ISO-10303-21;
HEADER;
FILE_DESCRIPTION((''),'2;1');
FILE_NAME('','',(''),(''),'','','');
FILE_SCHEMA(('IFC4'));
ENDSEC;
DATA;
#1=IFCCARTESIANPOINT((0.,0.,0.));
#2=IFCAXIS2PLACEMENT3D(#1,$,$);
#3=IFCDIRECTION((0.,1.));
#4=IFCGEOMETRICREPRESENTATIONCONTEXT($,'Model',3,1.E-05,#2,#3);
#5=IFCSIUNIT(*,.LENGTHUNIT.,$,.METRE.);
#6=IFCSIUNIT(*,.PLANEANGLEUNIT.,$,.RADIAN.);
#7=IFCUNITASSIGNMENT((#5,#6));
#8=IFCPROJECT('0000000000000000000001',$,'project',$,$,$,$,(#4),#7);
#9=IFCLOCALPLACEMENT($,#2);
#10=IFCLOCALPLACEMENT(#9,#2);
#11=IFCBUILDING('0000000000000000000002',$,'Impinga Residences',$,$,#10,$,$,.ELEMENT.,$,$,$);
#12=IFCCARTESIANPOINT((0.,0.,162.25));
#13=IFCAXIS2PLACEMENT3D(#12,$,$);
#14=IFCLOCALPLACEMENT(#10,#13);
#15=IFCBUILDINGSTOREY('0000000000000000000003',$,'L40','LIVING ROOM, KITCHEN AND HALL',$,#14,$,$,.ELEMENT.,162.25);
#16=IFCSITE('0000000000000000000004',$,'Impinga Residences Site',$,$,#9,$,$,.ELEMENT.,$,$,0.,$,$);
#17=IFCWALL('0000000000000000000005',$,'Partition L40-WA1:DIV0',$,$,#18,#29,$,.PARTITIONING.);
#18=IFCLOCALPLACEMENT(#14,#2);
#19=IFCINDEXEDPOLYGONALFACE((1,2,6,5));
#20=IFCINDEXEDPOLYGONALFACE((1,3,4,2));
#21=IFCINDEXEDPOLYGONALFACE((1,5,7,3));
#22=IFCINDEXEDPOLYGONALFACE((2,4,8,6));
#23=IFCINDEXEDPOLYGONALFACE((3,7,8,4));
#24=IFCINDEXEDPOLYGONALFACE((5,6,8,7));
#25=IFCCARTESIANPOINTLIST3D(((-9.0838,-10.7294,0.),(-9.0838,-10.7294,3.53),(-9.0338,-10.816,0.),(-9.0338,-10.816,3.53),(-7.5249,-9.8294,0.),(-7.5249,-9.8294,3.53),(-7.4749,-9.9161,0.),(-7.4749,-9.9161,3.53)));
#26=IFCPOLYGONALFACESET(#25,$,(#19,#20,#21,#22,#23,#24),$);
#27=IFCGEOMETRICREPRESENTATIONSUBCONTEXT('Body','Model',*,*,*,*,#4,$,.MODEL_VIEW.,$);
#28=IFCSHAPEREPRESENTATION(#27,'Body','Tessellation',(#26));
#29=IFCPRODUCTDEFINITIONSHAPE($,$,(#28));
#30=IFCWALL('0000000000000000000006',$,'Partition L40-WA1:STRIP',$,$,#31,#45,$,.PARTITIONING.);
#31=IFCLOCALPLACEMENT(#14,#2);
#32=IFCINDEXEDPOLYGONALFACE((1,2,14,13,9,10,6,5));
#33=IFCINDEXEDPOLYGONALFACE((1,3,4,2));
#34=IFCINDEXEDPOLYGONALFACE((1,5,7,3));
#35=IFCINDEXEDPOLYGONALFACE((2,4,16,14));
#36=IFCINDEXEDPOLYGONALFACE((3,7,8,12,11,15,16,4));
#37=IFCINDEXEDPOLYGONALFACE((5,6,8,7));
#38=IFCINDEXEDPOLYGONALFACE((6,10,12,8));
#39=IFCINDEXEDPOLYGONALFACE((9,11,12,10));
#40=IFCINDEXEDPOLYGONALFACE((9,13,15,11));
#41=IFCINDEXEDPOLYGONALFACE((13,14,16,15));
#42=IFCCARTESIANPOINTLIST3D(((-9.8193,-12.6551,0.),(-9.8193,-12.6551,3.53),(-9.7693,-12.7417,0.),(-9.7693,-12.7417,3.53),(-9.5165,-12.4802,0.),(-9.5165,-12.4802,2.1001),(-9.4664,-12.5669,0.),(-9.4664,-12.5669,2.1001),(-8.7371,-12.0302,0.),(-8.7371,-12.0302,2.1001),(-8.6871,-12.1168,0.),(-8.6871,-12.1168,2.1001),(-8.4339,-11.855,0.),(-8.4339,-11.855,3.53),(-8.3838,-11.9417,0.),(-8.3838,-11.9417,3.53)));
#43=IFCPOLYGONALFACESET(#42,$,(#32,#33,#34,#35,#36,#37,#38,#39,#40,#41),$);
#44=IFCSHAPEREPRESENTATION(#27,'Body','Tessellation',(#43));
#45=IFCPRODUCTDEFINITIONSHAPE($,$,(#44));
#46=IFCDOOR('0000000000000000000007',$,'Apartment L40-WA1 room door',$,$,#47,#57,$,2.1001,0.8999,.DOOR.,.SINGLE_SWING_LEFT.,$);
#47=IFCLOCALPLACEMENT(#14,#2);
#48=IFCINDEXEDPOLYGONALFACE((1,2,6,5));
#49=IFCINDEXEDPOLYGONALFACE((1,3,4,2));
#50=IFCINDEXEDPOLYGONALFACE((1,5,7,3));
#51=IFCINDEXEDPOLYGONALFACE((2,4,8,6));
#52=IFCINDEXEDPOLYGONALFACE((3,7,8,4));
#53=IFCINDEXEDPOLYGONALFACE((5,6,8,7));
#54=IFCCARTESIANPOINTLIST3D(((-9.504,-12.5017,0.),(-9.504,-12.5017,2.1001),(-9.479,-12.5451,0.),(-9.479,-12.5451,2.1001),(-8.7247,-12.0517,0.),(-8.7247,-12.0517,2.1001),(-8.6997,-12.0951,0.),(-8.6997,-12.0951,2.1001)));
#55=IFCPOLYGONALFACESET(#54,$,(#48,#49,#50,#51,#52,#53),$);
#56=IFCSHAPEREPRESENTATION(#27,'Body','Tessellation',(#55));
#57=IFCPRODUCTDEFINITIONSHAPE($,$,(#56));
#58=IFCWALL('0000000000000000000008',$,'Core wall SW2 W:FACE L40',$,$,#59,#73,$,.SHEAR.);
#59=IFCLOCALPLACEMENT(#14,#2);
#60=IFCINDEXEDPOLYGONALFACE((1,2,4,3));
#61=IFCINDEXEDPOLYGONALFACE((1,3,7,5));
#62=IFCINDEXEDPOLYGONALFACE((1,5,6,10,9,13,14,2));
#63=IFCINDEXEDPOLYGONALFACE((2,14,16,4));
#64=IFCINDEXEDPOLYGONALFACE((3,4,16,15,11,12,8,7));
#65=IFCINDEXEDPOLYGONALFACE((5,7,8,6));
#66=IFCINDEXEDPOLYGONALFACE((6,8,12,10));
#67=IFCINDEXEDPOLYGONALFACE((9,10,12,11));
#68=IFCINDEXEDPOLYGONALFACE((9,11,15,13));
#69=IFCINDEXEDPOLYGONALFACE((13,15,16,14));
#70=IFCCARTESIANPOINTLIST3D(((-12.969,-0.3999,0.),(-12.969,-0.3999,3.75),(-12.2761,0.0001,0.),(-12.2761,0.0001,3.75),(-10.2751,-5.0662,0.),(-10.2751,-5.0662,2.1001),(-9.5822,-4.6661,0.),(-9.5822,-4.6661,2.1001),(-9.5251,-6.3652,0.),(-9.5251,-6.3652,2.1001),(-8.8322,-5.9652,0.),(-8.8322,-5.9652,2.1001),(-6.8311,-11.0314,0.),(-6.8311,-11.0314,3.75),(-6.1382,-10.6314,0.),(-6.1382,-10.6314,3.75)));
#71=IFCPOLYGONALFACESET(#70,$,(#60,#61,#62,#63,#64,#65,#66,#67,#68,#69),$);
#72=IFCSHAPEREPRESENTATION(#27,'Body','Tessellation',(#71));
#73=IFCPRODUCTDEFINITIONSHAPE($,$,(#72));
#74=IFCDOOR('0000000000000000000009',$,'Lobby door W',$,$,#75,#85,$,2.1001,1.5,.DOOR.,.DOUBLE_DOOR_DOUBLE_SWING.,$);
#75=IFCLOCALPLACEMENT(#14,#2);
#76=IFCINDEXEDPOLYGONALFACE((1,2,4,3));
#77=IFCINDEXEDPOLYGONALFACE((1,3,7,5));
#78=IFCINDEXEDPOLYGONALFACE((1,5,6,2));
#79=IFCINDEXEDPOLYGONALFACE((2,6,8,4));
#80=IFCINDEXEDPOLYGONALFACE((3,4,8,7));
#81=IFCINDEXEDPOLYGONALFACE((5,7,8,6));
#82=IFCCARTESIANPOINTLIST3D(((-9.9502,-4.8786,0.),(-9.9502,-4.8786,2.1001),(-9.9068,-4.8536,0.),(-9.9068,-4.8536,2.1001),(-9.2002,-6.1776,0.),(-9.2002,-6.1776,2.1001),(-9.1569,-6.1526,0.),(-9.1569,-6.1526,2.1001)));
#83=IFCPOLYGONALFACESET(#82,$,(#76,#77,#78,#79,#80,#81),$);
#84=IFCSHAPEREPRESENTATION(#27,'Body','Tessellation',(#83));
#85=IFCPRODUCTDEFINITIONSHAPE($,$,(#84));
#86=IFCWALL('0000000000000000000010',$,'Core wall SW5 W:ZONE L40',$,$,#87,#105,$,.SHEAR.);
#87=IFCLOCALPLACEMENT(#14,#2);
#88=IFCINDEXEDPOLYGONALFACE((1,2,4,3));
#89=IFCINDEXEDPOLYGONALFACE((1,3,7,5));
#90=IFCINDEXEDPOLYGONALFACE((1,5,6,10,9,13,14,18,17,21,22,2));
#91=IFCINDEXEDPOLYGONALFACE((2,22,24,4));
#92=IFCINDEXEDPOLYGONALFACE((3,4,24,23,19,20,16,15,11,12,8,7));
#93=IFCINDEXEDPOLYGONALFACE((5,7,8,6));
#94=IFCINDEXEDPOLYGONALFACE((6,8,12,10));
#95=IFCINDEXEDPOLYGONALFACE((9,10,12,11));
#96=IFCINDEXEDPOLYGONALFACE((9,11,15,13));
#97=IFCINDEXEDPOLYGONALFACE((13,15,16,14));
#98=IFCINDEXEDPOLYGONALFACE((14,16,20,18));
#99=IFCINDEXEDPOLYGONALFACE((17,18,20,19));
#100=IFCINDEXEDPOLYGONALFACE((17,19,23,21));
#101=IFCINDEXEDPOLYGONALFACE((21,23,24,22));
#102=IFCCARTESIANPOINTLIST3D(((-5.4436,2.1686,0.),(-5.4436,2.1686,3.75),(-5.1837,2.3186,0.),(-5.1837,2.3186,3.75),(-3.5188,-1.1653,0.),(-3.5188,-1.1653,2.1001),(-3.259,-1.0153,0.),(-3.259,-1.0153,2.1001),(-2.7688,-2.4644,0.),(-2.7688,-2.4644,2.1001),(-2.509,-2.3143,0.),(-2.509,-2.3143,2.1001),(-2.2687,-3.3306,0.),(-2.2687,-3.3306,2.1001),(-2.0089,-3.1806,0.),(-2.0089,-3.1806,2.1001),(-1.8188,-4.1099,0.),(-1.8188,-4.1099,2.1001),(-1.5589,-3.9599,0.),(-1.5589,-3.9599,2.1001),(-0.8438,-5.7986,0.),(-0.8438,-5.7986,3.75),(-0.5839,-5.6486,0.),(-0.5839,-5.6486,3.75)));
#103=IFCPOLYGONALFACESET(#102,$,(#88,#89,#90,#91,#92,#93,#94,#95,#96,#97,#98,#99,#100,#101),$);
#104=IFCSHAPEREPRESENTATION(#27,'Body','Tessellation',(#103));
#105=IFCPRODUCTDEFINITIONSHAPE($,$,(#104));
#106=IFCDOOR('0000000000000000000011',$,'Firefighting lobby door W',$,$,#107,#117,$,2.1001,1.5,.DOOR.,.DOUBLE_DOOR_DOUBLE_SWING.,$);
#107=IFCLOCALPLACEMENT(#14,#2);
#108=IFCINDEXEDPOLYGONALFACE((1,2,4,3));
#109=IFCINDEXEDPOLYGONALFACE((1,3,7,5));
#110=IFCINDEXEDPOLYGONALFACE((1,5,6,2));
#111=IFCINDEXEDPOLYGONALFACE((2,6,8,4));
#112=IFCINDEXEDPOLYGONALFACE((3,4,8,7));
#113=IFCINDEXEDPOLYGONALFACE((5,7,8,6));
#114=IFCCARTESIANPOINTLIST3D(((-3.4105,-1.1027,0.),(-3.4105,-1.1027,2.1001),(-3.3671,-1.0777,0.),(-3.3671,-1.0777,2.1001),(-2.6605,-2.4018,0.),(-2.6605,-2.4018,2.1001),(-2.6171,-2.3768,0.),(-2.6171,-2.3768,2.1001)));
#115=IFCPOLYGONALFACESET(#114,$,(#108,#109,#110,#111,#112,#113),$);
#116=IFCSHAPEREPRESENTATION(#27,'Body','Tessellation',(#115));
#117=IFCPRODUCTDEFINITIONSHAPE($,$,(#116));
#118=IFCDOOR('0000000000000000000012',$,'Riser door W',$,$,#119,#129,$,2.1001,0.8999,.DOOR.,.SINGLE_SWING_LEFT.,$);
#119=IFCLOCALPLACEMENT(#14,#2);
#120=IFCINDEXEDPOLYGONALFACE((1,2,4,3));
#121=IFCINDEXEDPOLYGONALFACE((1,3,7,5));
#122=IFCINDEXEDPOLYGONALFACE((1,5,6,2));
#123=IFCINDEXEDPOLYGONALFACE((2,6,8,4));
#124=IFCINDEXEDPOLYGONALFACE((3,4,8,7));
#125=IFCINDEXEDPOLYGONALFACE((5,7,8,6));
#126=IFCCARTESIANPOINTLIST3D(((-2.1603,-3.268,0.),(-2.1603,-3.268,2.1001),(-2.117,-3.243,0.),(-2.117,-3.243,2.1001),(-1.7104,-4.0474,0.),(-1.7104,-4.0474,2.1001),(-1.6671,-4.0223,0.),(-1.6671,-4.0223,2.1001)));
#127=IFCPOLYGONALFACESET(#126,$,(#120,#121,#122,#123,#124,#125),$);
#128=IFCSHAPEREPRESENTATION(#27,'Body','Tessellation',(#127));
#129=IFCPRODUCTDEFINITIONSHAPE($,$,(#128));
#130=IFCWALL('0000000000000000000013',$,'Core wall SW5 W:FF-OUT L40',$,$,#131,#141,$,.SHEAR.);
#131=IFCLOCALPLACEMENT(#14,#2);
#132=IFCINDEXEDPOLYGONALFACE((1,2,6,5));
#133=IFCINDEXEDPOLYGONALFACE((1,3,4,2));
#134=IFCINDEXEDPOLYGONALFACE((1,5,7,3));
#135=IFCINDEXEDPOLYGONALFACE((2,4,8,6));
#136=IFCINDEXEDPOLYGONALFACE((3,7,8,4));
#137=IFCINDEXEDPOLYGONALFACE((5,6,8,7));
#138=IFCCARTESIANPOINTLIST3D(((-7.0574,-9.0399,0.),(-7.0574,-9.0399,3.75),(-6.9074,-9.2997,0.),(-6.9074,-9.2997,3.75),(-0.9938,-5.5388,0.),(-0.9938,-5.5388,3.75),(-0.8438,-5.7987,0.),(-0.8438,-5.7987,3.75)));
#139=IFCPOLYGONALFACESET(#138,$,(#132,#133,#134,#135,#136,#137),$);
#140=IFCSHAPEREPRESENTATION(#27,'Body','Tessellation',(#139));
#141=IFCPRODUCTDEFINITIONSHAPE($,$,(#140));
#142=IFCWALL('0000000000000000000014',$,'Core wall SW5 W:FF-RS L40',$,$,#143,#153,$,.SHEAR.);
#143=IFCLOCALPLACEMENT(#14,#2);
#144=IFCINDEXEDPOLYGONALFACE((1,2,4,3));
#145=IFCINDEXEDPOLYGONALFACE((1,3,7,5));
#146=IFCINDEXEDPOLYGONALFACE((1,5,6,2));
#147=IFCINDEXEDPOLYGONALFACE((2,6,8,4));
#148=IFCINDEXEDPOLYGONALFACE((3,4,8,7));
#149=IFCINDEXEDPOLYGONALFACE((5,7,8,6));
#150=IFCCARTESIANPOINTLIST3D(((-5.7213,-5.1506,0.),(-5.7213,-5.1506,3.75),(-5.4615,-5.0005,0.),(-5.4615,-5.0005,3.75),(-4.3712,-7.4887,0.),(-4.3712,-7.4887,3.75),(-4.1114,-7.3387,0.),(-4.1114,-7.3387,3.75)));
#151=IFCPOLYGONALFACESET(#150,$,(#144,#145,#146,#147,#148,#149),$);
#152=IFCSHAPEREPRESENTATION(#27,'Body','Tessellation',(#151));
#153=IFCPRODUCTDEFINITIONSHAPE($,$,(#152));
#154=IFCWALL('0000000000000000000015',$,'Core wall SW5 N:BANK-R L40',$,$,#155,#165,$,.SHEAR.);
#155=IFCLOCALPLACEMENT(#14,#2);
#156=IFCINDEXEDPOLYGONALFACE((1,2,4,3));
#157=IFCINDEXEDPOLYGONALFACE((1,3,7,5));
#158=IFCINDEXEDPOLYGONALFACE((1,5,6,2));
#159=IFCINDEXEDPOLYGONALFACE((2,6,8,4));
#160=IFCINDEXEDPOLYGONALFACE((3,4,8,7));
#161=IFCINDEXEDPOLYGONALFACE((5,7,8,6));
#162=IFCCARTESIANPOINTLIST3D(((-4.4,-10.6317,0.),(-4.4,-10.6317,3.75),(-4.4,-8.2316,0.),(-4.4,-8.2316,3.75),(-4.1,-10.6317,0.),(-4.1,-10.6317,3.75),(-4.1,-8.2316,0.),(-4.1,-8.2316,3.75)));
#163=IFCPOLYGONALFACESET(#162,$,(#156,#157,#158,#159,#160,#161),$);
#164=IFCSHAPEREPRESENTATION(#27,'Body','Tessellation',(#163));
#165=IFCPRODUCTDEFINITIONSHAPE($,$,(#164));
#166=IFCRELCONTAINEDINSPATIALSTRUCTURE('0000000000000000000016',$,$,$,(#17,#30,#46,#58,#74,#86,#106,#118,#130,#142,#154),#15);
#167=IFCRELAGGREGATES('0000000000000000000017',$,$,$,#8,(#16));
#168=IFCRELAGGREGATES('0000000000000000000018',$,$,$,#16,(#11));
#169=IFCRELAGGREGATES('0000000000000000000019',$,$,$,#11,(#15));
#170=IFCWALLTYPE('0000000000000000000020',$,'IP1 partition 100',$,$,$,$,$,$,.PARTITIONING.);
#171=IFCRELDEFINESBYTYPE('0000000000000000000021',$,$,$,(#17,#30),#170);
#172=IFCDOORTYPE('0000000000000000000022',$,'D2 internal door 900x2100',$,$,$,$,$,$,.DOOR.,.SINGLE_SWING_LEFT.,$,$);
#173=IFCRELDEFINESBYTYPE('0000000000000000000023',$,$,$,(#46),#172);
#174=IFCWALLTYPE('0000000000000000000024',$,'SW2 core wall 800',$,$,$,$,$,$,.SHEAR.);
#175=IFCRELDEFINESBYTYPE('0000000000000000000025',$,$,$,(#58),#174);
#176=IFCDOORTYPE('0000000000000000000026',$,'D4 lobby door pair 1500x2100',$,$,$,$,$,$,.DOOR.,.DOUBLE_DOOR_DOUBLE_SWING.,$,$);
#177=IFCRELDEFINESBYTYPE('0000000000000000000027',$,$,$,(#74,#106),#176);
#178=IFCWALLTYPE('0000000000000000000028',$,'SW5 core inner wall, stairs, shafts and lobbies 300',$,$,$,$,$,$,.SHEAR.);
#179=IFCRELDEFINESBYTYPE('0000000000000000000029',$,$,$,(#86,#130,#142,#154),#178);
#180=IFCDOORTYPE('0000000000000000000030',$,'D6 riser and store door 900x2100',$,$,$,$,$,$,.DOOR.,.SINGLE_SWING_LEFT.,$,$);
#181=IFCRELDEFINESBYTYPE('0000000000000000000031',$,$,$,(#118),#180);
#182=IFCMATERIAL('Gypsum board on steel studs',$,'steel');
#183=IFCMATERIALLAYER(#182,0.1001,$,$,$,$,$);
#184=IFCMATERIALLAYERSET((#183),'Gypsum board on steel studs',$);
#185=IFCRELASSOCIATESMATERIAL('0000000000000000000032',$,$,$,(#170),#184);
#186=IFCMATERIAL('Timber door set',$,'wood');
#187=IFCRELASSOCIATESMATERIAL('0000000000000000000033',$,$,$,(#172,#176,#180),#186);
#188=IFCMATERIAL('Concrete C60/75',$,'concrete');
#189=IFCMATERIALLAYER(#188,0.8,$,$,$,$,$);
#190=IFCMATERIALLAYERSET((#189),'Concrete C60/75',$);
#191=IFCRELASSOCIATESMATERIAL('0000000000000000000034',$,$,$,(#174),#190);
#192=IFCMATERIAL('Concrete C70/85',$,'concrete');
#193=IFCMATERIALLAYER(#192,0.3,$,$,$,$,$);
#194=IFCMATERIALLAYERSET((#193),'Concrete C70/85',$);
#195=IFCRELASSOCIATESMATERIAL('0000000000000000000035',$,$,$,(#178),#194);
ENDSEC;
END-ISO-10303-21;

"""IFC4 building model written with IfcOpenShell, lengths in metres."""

from ifc_helpers import new_model, si_unit, direction, frame, frame_2d, origin, place, context, subcontext, project, spatial, rectangle, extrude, material, layer, layer_set, type_object, element, fill, save


model = new_model("IFC4")

# Units and contexts
model_context = context("Model", 3, precision=1e-05, world=origin(), true_north=direction((0.0, 1.0)))
body_context = subcontext(model_context, "Body", "Model", "MODEL_VIEW")
ifc_project = project(units=[si_unit("LENGTHUNIT", "METRE"), si_unit("PLANEANGLEUNIT", "RADIAN")], contexts=[model_context])

# Site, building, storey
site_placement = place(None, origin())
site = spatial("IfcSite", under=ifc_project, at=site_placement, Name="Impinga Residences Site", CompositionType="ELEMENT", RefElevation=0.0)
building_placement = place(site_placement, origin())
building = spatial("IfcBuilding", under=site, at=building_placement, Name="Impinga Residences", CompositionType="ELEMENT")
storey_placement = place(building_placement, frame((0.0, 0.0, 162.25)))
storey = spatial("IfcBuildingStorey", under=building, at=storey_placement, Name="L40", Description="LIVING ROOM, KITCHEN AND HALL", CompositionType="ELEMENT", Elevation=162.25)

# Shared definitions
ifc_material_1 = material(Name="Concrete C60/75", Category="concrete")

# Wall
ifc_material_2 = material(Name="Gypsum board on steel studs", Category="steel")
ifc_layer_1 = layer(ifc_material_2, 0.1001)
ifc_layer_set_1 = layer_set([ifc_layer_1], Name="Gypsum board on steel studs")
wall_type_1 = type_object("IfcWallType", Name="IP1 partition 100", PredefinedType="PARTITIONING", material=ifc_layer_set_1)
wall_1_placement = place(storey_placement, frame((-7.5, -9.8728, 0.0), z_axis=(0.0, 0.0, 1.0), x_axis=(-0.866048, -0.499961, 0.0)))
element("IfcWall", 1, at=wall_1_placement, inside=storey, type_object=wall_type_1, Name="Partition L40-WA1:DIV0", PredefinedType="PARTITIONING", context=body_context, shape_type="SweptSolid", body=[
    extrude(rectangle(XDim=1.8, YDim=0.1001, at=frame_2d((0.8999, 0.0))), origin(), (0.0, 0.0, 1.0), 3.53),
])

# Walls, openings, doors
wall_2_placement = place(storey_placement, frame((-8.4089, -11.8984, 0.0), z_axis=(0.0, 0.0, 1.0), x_axis=(-0.86599, -0.500061, 0.0)))
wall_2 = element("IfcWall", 2, at=wall_2_placement, inside=storey, type_object=wall_type_1, Name="Partition L40-WA1:STRIP", PredefinedType="PARTITIONING", context=body_context, shape_type="SweptSolid", body=[
    extrude(rectangle(XDim=1.5999, YDim=0.1001, at=frame_2d((0.7998, 0.0))), origin(), (0.0, 0.0, 1.0), 3.53),
])
opening_1_placement = place(wall_2_placement, frame((0.3501, 0.0, 0.0)))
opening_1 = element("IfcOpeningElement", 3, at=opening_1_placement, cuts=wall_2, PredefinedType="OPENING", context=body_context, shape_type="SweptSolid", body=[
    extrude(rectangle(XDim=0.8999, YDim=2.1001, at=frame_2d((0.45, 1.05))), frame((0.0, 0.0601, 0.0), z_axis=(0.0, -1.0, 0.0), x_axis=(1.0, 0.0, 0.0)), (0.0, 0.0, 1.0), 0.1201),
])
ifc_material_3 = material(Name="Timber door set", Category="wood")
door_type_1 = type_object("IfcDoorType", Name="D2 internal door 900x2100", OperationType="SINGLE_SWING_LEFT", PredefinedType="DOOR", material=ifc_material_3)
door_1_placement = place(opening_1_placement, origin())
door_1 = element("IfcDoor", 4, at=door_1_placement, inside=storey, type_object=door_type_1, Name="Apartment L40-WA1 room door", OperationType="SINGLE_SWING_LEFT", OverallHeight=2.1001, OverallWidth=0.8999, PredefinedType="DOOR", context=body_context, shape_type="SweptSolid", body=[
    extrude(rectangle(XDim=0.8999, YDim=2.1001, at=frame_2d((0.45, 1.05))), frame((0.0, 0.0249, 0.0), z_axis=(0.0, -1.0, 0.0), x_axis=(1.0, 0.0, 0.0)), (0.0, 0.0, 1.0), 0.05),
])
fill(opening_1, door_1)
ifc_layer_2 = layer(ifc_material_1, 0.8)
ifc_layer_set_2 = layer_set([ifc_layer_2], Name="Concrete C60/75")
wall_type_2 = type_object("IfcWallType", Name="SW2 core wall 800", PredefinedType="SHEAR", material=ifc_layer_set_2)
wall_3_placement = place(storey_placement, frame((-6.4846, -10.8315, 0.0), z_axis=(0.0, 0.0, 1.0), x_axis=(-0.499987, 0.866033, 0.0)))
wall_3 = element("IfcWall", 5, at=wall_3_placement, inside=storey, type_object=wall_type_2, Name="Core wall SW2 W:FACE L40", PredefinedType="SHEAR", context=body_context, shape_type="SweptSolid", body=[
    extrude(rectangle(XDim=12.2761, YDim=0.8, at=frame_2d((6.1382, 0.0))), origin(), (0.0, 0.0, 1.0), 3.75),
])
opening_2_placement = place(wall_3_placement, frame((5.3882, 0.0, 0.0)))
opening_2 = element("IfcOpeningElement", 6, at=opening_2_placement, cuts=wall_3, PredefinedType="OPENING", context=body_context, shape_type="SweptSolid", body=[
    extrude(rectangle(XDim=1.5, YDim=2.1001, at=frame_2d((0.75, 1.05))), frame((0.0, 0.4099, 0.0), z_axis=(0.0, -1.0, 0.0), x_axis=(1.0, 0.0, 0.0)), (0.0, 0.0, 1.0), 0.8201),
])
door_type_2 = type_object("IfcDoorType", Name="D4 lobby door pair 1500x2100", OperationType="DOUBLE_DOOR_DOUBLE_SWING", PredefinedType="DOOR", material=ifc_material_3)
door_2_placement = place(opening_2_placement, origin())
door_2 = element("IfcDoor", 7, at=door_2_placement, inside=storey, type_object=door_type_2, Name="Lobby door W", OperationType="DOUBLE_DOOR_DOUBLE_SWING", OverallHeight=2.1001, OverallWidth=1.5, PredefinedType="DOOR", context=body_context, shape_type="SweptSolid", body=[
    extrude(rectangle(XDim=1.5, YDim=2.1001, at=frame_2d((0.75, 1.05))), frame((0.0, 0.0249, 0.0), z_axis=(0.0, -1.0, 0.0), x_axis=(1.0, 0.0, 0.0)), (0.0, 0.0, 1.0), 0.05),
])
fill(opening_2, door_2)

# Wall, openings, doors
ifc_material_4 = material(Name="Concrete C70/85", Category="concrete")
ifc_layer_3 = layer(ifc_material_4, 0.3)
ifc_layer_set_3 = layer_set([ifc_layer_3], Name="Concrete C70/85")
wall_type_3 = type_object("IfcWallType", Name="SW5 core inner wall, stairs, shafts and lobbies 300", PredefinedType="SHEAR", material=ifc_layer_set_3)
wall_4_placement = place(storey_placement, frame((-0.7139, -5.7236, 0.0), z_axis=(0.0, 0.0, 1.0), x_axis=(-0.499995, 0.866028, 0.0)))
wall_4 = element("IfcWall", 8, at=wall_4_placement, inside=storey, type_object=wall_type_3, Name="Core wall SW5 W:ZONE L40", PredefinedType="SHEAR", context=body_context, shape_type="SweptSolid", body=[
    extrude(rectangle(XDim=9.1997, YDim=0.3, at=frame_2d((4.5999, 0.0))), origin(), (0.0, 0.0, 1.0), 3.75),
])
opening_3_placement = place(wall_4_placement, frame((3.8501, 0.0, 0.0)))
opening_3 = element("IfcOpeningElement", 9, at=opening_3_placement, cuts=wall_4, PredefinedType="OPENING", context=body_context, shape_type="SweptSolid", body=[
    extrude(rectangle(XDim=1.5, YDim=2.1001, at=frame_2d((0.75, 1.05))), frame((0.0, 0.1599, 0.0), z_axis=(0.0, -1.0, 0.0), x_axis=(1.0, 0.0, 0.0)), (0.0, 0.0, 1.0), 0.3201),
])
opening_4_placement = place(wall_4_placement, frame((1.95, 0.0, 0.0)))
opening_4 = element("IfcOpeningElement", 10, at=opening_4_placement, cuts=wall_4, PredefinedType="OPENING", context=body_context, shape_type="SweptSolid", body=[
    extrude(rectangle(XDim=0.8999, YDim=2.1001, at=frame_2d((0.45, 1.05))), frame((0.0, 0.1599, 0.0), z_axis=(0.0, -1.0, 0.0), x_axis=(1.0, 0.0, 0.0)), (0.0, 0.0, 1.0), 0.3201),
])
door_3_placement = place(opening_3_placement, origin())
door_3 = element("IfcDoor", 11, at=door_3_placement, inside=storey, type_object=door_type_2, Name="Firefighting lobby door W", OperationType="DOUBLE_DOOR_DOUBLE_SWING", OverallHeight=2.1001, OverallWidth=1.5, PredefinedType="DOOR", context=body_context, shape_type="SweptSolid", body=[
    extrude(rectangle(XDim=1.5, YDim=2.1001, at=frame_2d((0.75, 1.05))), frame((0.0, 0.0249, 0.0), z_axis=(0.0, -1.0, 0.0), x_axis=(1.0, 0.0, 0.0)), (0.0, 0.0, 1.0), 0.05),
])
fill(opening_3, door_3)
door_type_3 = type_object("IfcDoorType", Name="D6 riser and store door 900x2100", OperationType="SINGLE_SWING_LEFT", PredefinedType="DOOR", material=ifc_material_3)
door_4_placement = place(opening_4_placement, origin())
door_4 = element("IfcDoor", 12, at=door_4_placement, inside=storey, type_object=door_type_3, Name="Riser door W", OperationType="SINGLE_SWING_LEFT", OverallHeight=2.1001, OverallWidth=0.8999, PredefinedType="DOOR", context=body_context, shape_type="SweptSolid", body=[
    extrude(rectangle(XDim=0.8999, YDim=2.1001, at=frame_2d((0.45, 1.05))), frame((0.0, 0.0249, 0.0), z_axis=(0.0, -1.0, 0.0), x_axis=(1.0, 0.0, 0.0)), (0.0, 0.0, 1.0), 0.05),
])
fill(opening_4, door_4)

# Walls
wall_5_placement = place(storey_placement, frame((-0.9187, -5.6687, 0.0), z_axis=(0.0, 0.0, 1.0), x_axis=(-0.866011, -0.500024, 0.0)))
element("IfcWall", 13, at=wall_5_placement, inside=storey, type_object=wall_type_3, Name="Core wall SW5 W:FF-OUT L40", PredefinedType="SHEAR", context=body_context, shape_type="SweptSolid", body=[
    extrude(rectangle(XDim=7.0017, YDim=0.3, at=frame_2d((3.501, 0.0))), origin(), (0.0, 0.0, 1.0), 3.75),
])
wall_6_placement = place(storey_placement, frame((-4.2412, -7.4138, 0.0), z_axis=(0.0, 0.0, 1.0), x_axis=(-0.500049, 0.865997, 0.0)))
element("IfcWall", 14, at=wall_6_placement, inside=storey, type_object=wall_type_3, Name="Core wall SW5 W:FF-RS L40", PredefinedType="SHEAR", context=body_context, shape_type="SweptSolid", body=[
    extrude(rectangle(XDim=2.7, YDim=0.3, at=frame_2d((1.3501, 0.0))), origin(), (0.0, 0.0, 1.0), 3.75),
])
wall_7_placement = place(storey_placement, frame((-4.25, -8.2314, 0.0), z_axis=(0.0, 0.0, 1.0), x_axis=(0.0, -1.0, 0.0)))
element("IfcWall", 15, at=wall_7_placement, inside=storey, type_object=wall_type_3, Name="Core wall SW5 N:BANK-R L40", PredefinedType="SHEAR", context=body_context, shape_type="SweptSolid", body=[
    extrude(rectangle(XDim=2.4001, YDim=0.3, at=frame_2d((1.2002, 0.0))), origin(), (0.0, 0.0, 1.0), 3.75),
])

save(model, "model.ifc")
